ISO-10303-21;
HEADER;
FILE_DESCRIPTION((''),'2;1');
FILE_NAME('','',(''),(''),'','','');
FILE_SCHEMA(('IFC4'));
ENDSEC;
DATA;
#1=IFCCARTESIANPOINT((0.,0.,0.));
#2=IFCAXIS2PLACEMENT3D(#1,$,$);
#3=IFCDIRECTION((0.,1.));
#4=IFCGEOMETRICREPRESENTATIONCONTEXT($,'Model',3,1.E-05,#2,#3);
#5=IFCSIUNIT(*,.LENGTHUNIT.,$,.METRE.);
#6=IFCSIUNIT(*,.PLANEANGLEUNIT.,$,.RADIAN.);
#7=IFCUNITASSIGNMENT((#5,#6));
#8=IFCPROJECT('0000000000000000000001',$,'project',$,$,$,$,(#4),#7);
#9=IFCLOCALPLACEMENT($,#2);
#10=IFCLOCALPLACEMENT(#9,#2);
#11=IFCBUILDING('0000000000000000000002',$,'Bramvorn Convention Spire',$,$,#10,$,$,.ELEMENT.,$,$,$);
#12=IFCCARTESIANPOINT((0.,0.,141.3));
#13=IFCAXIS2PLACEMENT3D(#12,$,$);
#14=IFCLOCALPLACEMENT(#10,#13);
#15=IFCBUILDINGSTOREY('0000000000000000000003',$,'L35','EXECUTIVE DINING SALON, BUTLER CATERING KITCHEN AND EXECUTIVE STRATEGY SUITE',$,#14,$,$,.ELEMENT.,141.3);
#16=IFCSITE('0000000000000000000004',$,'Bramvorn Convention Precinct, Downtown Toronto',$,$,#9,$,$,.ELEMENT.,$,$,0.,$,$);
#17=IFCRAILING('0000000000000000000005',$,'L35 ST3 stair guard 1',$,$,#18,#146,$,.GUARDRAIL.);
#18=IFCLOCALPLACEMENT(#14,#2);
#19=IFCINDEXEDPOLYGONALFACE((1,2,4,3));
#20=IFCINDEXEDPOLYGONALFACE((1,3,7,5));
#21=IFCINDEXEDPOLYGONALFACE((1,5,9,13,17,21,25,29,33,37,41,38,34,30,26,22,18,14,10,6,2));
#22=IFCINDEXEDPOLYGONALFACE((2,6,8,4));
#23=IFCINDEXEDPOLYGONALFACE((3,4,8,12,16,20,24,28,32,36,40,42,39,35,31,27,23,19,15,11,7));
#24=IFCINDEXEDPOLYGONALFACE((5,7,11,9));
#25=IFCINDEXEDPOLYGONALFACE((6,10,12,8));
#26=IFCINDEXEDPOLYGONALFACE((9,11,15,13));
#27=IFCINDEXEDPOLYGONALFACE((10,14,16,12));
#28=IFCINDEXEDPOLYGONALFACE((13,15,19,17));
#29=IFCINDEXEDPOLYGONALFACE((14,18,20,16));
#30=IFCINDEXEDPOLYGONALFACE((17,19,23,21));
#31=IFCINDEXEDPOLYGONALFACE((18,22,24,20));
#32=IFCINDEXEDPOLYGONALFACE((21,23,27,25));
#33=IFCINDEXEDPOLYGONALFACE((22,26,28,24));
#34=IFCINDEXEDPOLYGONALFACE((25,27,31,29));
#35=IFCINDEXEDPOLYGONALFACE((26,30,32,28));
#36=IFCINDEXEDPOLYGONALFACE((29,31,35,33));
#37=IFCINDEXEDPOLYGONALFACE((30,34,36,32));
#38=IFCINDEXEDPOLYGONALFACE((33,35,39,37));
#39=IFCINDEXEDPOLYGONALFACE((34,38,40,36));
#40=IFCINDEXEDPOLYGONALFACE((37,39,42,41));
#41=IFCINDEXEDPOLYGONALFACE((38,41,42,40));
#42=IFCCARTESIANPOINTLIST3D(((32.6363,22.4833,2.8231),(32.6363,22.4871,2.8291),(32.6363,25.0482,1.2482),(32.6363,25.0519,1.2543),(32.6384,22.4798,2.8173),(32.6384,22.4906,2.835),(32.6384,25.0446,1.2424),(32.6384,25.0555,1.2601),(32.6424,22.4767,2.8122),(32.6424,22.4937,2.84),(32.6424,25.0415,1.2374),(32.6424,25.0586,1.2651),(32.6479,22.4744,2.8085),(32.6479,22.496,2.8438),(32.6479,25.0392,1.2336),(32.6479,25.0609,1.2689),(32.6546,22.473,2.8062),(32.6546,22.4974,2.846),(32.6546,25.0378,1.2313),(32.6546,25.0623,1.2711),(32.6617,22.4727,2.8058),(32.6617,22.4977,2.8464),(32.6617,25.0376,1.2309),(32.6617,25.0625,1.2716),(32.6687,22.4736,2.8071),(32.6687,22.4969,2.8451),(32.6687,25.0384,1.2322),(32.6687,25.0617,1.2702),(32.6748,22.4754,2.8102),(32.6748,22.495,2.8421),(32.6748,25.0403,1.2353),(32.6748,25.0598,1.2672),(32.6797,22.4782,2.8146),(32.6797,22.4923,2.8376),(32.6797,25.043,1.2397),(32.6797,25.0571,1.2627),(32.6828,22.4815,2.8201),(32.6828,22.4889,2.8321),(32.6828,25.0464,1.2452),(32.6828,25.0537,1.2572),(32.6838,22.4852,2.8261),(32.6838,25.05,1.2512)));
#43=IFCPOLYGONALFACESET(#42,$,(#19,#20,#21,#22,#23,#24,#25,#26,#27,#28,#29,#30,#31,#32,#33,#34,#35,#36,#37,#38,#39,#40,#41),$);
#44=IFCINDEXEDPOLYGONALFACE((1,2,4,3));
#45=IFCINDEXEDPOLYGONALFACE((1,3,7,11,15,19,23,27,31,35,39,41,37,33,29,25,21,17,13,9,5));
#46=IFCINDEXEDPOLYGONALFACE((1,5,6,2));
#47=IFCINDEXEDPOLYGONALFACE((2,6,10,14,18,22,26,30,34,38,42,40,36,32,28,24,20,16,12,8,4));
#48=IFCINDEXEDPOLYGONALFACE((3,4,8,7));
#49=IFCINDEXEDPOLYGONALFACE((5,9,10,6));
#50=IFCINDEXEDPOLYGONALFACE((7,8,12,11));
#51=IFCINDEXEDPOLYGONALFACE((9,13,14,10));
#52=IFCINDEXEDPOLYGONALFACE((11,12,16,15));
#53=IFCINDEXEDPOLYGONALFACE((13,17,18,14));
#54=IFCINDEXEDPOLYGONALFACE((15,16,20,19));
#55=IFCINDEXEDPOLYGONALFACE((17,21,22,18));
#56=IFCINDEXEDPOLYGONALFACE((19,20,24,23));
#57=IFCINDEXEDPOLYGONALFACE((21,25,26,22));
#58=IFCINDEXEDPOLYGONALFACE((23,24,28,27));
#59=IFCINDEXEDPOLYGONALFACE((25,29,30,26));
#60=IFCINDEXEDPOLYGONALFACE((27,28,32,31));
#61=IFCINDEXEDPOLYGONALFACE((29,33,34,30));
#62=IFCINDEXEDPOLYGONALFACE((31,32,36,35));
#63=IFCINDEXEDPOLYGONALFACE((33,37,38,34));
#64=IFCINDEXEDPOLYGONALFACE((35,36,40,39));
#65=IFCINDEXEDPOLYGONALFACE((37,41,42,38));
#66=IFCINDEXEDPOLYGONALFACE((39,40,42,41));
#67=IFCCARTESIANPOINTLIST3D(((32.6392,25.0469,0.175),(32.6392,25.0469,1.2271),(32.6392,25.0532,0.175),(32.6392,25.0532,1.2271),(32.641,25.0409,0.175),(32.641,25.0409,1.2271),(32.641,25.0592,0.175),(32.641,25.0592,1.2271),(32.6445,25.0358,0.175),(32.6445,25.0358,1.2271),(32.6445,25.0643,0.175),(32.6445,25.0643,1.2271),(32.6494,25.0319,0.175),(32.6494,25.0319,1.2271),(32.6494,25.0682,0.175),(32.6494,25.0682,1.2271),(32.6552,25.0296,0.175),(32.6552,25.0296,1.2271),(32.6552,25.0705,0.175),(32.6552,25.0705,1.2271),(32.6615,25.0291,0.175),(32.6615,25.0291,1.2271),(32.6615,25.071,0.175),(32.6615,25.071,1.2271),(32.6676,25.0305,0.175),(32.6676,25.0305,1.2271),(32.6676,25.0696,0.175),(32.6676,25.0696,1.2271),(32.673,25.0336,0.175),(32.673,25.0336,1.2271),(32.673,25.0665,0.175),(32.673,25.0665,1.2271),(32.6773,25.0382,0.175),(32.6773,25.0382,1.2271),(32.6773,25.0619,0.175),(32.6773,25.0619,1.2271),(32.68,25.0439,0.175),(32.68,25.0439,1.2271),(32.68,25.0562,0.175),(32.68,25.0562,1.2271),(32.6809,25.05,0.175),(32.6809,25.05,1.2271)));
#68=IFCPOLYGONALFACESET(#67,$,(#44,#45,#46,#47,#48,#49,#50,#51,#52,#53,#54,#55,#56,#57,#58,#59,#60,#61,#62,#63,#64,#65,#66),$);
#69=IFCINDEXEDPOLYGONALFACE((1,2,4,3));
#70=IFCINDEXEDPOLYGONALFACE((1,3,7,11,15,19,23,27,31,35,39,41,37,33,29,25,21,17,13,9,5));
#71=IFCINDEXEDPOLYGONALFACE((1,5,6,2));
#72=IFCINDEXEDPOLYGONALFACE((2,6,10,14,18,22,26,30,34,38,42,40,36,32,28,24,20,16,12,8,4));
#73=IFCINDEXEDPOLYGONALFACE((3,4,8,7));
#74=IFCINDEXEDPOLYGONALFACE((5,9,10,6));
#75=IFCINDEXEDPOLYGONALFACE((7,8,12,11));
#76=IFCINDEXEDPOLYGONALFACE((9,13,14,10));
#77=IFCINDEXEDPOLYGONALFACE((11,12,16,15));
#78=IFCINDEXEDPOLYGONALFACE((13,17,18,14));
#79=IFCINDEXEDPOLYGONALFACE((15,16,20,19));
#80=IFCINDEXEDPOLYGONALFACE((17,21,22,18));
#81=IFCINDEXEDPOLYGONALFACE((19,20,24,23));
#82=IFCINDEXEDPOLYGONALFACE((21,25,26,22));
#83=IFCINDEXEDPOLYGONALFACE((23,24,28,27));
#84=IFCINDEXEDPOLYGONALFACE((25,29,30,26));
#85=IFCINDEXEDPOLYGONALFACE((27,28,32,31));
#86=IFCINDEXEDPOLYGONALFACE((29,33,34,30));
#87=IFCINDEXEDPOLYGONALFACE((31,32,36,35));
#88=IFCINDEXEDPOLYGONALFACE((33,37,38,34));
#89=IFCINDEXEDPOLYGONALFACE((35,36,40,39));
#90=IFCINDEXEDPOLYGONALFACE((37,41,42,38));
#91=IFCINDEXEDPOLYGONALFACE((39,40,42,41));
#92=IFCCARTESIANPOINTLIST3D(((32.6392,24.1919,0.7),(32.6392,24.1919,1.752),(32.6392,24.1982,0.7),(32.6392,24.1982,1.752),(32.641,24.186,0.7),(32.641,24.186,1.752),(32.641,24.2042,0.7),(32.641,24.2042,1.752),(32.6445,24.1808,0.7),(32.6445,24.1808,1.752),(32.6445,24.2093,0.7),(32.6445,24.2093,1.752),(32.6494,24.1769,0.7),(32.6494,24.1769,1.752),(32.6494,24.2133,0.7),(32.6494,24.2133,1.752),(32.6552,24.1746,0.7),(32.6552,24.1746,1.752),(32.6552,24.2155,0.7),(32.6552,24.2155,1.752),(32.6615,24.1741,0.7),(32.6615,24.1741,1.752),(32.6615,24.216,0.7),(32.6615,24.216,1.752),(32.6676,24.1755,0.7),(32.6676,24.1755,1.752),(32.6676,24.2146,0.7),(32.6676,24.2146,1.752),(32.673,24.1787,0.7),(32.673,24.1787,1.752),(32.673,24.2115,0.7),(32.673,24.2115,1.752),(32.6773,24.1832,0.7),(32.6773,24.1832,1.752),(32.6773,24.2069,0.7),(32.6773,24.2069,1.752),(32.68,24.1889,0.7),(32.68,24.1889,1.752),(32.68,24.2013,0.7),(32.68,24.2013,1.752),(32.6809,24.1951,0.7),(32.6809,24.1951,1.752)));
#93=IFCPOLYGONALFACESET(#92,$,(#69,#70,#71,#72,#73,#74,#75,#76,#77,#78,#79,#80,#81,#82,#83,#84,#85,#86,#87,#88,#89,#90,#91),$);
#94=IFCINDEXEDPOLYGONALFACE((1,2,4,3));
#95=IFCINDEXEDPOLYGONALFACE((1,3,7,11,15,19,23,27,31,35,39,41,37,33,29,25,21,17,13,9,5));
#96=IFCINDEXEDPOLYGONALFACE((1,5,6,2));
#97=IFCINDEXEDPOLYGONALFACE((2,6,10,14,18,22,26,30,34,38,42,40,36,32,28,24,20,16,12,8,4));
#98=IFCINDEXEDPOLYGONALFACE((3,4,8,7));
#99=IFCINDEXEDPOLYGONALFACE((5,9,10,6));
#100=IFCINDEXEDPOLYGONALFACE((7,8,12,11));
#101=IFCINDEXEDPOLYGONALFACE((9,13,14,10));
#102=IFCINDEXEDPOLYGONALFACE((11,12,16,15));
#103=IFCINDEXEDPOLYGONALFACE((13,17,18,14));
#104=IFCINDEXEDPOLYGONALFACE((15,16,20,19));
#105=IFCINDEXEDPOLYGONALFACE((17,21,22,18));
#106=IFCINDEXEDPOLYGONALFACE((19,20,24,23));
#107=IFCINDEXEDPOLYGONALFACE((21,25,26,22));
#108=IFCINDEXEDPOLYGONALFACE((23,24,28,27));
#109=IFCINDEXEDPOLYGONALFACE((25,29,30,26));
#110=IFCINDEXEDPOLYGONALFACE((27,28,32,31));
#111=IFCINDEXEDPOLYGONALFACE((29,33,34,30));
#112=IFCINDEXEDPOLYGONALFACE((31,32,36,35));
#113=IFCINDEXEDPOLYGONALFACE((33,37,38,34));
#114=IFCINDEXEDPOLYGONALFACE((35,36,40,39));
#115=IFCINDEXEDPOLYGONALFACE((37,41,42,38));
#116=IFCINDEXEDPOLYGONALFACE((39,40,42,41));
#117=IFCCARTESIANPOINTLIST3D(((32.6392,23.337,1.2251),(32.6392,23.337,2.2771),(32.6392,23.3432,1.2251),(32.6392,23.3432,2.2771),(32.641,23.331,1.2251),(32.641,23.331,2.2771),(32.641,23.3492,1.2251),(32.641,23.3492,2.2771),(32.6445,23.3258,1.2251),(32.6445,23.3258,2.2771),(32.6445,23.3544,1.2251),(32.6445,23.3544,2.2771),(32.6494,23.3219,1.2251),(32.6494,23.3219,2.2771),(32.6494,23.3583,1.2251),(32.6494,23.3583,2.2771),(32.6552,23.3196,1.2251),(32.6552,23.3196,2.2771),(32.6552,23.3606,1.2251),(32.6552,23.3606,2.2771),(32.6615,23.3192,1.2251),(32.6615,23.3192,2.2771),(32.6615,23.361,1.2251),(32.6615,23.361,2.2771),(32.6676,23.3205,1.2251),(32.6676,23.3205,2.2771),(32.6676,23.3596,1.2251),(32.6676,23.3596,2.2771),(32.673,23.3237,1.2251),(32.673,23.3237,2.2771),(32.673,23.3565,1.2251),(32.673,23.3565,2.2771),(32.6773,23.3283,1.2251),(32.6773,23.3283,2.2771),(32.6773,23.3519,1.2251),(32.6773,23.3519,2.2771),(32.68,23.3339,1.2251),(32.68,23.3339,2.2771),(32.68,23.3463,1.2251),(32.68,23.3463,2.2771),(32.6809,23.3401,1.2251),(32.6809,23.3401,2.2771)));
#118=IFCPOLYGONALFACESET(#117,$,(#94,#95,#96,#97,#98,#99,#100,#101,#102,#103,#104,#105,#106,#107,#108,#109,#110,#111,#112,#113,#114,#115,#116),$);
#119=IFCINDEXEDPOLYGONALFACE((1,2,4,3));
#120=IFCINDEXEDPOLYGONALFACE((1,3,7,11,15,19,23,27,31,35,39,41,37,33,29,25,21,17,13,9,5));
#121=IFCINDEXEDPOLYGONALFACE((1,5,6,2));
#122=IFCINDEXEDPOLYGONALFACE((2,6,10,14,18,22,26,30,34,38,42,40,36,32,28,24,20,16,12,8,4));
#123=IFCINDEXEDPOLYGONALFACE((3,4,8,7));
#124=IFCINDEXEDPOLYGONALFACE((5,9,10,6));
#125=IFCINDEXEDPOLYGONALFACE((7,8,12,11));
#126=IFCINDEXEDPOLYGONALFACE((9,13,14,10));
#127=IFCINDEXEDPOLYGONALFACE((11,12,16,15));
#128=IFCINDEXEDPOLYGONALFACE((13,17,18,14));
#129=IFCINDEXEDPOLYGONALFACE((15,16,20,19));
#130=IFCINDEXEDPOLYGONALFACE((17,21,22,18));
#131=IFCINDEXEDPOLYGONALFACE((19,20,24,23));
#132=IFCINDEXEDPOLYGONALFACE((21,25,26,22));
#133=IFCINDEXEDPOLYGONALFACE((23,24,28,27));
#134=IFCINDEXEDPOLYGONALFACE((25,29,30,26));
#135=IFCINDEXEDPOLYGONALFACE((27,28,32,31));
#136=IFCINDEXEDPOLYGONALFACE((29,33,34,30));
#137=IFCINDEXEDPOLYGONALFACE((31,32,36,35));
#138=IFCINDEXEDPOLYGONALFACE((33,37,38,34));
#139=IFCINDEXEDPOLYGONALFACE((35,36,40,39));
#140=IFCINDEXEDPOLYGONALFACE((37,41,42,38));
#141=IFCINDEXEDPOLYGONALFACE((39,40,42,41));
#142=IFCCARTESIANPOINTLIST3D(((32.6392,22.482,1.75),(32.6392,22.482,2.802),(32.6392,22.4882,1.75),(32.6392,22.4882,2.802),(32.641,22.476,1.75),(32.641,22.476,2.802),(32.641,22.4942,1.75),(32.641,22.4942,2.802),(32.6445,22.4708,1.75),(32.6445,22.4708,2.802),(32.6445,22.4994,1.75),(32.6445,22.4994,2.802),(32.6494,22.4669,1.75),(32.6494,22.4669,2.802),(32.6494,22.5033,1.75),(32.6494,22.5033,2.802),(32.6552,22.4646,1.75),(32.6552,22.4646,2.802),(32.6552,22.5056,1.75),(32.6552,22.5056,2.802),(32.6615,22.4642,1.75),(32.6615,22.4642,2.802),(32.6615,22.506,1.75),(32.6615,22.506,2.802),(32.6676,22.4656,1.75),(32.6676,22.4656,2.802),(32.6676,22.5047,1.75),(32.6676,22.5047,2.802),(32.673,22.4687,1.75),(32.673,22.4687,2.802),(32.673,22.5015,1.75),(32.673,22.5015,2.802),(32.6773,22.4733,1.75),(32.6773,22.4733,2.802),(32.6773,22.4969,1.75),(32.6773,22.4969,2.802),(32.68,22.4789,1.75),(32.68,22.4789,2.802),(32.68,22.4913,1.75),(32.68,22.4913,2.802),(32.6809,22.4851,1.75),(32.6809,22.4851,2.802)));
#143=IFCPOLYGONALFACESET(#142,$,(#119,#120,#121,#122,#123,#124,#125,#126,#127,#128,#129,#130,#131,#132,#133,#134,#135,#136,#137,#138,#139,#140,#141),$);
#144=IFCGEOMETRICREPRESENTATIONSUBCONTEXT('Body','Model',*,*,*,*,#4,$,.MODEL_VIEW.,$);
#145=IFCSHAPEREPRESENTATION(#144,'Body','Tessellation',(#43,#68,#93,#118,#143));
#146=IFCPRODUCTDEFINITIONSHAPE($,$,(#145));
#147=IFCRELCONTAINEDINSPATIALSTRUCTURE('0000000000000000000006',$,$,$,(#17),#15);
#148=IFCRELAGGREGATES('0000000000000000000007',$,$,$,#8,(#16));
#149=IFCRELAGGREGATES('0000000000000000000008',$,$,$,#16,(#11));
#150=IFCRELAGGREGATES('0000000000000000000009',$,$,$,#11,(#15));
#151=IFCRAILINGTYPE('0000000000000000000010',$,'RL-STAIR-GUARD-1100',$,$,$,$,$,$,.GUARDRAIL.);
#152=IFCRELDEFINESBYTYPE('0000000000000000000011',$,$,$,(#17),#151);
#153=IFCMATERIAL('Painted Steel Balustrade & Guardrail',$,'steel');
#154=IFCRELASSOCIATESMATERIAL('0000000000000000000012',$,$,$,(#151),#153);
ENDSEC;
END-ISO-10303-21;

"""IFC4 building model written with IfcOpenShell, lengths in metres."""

from ifc_helpers import new_model, si_unit, direction, frame, origin, origin_2d, place, context, subcontext, project, spatial, circle, extrude, material, type_object, element, save


model = new_model("IFC4")

# Units and contexts
model_context = context("Model", 3, precision=1e-05, world=origin(), true_north=direction((0.0, 1.0)))
body_context = subcontext(model_context, "Body", "Model", "MODEL_VIEW")
ifc_project = project(units=[si_unit("LENGTHUNIT", "METRE"), si_unit("PLANEANGLEUNIT", "RADIAN")], contexts=[model_context])

# Site, building, storey
site_placement = place(None, origin())
site = spatial("IfcSite", under=ifc_project, at=site_placement, Name="Bramvorn Convention Precinct, Downtown Toronto", CompositionType="ELEMENT", RefElevation=0.0)
building_placement = place(site_placement, origin())
building = spatial("IfcBuilding", under=site, at=building_placement, Name="Bramvorn Convention Spire", CompositionType="ELEMENT")
storey_placement = place(building_placement, frame((0.0, 0.0, 141.3)))
storey = spatial("IfcBuildingStorey", under=building, at=storey_placement, Name="L35", Description="EXECUTIVE DINING SALON, BUTLER CATERING KITCHEN AND EXECUTIVE STRATEGY SUITE", CompositionType="ELEMENT", Elevation=141.3)

# Railing
ifc_material_1 = material(Name="Painted Steel Balustrade & Guardrail", Category="steel")
railing_type_1 = type_object("IfcRailingType", Name="RL-STAIR-GUARD-1100", PredefinedType="GUARDRAIL", material=ifc_material_1)
railing_1_placement = place(storey_placement, frame((32.6599, 25.05, 0.175)))
element("IfcRailing", 1, at=railing_1_placement, inside=storey, type_object=railing_type_1, Name="L35 ST3 stair guard 1", PredefinedType="GUARDRAIL", context=body_context, shape_type="SweptSolid", body=[
    extrude(circle(Radius=0.0239, at=origin_2d()), frame((0.0, 0.0, 1.0762), z_axis=(0.0, -0.852173, 0.52326), x_axis=(1.0, 0.0, 0.0)), (0.0, 0.0, 1.0), 3.0098),
    extrude(circle(Radius=0.021, at=origin_2d()), origin(), (0.0, 0.0, 1.0), 1.052),
    extrude(circle(Radius=0.021, at=origin_2d()), frame((0.0, -0.855, 0.5249)), (0.0, 0.0, 1.0), 1.052),
    extrude(circle(Radius=0.021, at=origin_2d()), frame((0.0, -1.71, 1.05)), (0.0, 0.0, 1.0), 1.052),
    extrude(circle(Radius=0.021, at=origin_2d()), frame((0.0, -2.5649, 1.575)), (0.0, 0.0, 1.0), 1.052),
])

save(model, "model.ifc")
